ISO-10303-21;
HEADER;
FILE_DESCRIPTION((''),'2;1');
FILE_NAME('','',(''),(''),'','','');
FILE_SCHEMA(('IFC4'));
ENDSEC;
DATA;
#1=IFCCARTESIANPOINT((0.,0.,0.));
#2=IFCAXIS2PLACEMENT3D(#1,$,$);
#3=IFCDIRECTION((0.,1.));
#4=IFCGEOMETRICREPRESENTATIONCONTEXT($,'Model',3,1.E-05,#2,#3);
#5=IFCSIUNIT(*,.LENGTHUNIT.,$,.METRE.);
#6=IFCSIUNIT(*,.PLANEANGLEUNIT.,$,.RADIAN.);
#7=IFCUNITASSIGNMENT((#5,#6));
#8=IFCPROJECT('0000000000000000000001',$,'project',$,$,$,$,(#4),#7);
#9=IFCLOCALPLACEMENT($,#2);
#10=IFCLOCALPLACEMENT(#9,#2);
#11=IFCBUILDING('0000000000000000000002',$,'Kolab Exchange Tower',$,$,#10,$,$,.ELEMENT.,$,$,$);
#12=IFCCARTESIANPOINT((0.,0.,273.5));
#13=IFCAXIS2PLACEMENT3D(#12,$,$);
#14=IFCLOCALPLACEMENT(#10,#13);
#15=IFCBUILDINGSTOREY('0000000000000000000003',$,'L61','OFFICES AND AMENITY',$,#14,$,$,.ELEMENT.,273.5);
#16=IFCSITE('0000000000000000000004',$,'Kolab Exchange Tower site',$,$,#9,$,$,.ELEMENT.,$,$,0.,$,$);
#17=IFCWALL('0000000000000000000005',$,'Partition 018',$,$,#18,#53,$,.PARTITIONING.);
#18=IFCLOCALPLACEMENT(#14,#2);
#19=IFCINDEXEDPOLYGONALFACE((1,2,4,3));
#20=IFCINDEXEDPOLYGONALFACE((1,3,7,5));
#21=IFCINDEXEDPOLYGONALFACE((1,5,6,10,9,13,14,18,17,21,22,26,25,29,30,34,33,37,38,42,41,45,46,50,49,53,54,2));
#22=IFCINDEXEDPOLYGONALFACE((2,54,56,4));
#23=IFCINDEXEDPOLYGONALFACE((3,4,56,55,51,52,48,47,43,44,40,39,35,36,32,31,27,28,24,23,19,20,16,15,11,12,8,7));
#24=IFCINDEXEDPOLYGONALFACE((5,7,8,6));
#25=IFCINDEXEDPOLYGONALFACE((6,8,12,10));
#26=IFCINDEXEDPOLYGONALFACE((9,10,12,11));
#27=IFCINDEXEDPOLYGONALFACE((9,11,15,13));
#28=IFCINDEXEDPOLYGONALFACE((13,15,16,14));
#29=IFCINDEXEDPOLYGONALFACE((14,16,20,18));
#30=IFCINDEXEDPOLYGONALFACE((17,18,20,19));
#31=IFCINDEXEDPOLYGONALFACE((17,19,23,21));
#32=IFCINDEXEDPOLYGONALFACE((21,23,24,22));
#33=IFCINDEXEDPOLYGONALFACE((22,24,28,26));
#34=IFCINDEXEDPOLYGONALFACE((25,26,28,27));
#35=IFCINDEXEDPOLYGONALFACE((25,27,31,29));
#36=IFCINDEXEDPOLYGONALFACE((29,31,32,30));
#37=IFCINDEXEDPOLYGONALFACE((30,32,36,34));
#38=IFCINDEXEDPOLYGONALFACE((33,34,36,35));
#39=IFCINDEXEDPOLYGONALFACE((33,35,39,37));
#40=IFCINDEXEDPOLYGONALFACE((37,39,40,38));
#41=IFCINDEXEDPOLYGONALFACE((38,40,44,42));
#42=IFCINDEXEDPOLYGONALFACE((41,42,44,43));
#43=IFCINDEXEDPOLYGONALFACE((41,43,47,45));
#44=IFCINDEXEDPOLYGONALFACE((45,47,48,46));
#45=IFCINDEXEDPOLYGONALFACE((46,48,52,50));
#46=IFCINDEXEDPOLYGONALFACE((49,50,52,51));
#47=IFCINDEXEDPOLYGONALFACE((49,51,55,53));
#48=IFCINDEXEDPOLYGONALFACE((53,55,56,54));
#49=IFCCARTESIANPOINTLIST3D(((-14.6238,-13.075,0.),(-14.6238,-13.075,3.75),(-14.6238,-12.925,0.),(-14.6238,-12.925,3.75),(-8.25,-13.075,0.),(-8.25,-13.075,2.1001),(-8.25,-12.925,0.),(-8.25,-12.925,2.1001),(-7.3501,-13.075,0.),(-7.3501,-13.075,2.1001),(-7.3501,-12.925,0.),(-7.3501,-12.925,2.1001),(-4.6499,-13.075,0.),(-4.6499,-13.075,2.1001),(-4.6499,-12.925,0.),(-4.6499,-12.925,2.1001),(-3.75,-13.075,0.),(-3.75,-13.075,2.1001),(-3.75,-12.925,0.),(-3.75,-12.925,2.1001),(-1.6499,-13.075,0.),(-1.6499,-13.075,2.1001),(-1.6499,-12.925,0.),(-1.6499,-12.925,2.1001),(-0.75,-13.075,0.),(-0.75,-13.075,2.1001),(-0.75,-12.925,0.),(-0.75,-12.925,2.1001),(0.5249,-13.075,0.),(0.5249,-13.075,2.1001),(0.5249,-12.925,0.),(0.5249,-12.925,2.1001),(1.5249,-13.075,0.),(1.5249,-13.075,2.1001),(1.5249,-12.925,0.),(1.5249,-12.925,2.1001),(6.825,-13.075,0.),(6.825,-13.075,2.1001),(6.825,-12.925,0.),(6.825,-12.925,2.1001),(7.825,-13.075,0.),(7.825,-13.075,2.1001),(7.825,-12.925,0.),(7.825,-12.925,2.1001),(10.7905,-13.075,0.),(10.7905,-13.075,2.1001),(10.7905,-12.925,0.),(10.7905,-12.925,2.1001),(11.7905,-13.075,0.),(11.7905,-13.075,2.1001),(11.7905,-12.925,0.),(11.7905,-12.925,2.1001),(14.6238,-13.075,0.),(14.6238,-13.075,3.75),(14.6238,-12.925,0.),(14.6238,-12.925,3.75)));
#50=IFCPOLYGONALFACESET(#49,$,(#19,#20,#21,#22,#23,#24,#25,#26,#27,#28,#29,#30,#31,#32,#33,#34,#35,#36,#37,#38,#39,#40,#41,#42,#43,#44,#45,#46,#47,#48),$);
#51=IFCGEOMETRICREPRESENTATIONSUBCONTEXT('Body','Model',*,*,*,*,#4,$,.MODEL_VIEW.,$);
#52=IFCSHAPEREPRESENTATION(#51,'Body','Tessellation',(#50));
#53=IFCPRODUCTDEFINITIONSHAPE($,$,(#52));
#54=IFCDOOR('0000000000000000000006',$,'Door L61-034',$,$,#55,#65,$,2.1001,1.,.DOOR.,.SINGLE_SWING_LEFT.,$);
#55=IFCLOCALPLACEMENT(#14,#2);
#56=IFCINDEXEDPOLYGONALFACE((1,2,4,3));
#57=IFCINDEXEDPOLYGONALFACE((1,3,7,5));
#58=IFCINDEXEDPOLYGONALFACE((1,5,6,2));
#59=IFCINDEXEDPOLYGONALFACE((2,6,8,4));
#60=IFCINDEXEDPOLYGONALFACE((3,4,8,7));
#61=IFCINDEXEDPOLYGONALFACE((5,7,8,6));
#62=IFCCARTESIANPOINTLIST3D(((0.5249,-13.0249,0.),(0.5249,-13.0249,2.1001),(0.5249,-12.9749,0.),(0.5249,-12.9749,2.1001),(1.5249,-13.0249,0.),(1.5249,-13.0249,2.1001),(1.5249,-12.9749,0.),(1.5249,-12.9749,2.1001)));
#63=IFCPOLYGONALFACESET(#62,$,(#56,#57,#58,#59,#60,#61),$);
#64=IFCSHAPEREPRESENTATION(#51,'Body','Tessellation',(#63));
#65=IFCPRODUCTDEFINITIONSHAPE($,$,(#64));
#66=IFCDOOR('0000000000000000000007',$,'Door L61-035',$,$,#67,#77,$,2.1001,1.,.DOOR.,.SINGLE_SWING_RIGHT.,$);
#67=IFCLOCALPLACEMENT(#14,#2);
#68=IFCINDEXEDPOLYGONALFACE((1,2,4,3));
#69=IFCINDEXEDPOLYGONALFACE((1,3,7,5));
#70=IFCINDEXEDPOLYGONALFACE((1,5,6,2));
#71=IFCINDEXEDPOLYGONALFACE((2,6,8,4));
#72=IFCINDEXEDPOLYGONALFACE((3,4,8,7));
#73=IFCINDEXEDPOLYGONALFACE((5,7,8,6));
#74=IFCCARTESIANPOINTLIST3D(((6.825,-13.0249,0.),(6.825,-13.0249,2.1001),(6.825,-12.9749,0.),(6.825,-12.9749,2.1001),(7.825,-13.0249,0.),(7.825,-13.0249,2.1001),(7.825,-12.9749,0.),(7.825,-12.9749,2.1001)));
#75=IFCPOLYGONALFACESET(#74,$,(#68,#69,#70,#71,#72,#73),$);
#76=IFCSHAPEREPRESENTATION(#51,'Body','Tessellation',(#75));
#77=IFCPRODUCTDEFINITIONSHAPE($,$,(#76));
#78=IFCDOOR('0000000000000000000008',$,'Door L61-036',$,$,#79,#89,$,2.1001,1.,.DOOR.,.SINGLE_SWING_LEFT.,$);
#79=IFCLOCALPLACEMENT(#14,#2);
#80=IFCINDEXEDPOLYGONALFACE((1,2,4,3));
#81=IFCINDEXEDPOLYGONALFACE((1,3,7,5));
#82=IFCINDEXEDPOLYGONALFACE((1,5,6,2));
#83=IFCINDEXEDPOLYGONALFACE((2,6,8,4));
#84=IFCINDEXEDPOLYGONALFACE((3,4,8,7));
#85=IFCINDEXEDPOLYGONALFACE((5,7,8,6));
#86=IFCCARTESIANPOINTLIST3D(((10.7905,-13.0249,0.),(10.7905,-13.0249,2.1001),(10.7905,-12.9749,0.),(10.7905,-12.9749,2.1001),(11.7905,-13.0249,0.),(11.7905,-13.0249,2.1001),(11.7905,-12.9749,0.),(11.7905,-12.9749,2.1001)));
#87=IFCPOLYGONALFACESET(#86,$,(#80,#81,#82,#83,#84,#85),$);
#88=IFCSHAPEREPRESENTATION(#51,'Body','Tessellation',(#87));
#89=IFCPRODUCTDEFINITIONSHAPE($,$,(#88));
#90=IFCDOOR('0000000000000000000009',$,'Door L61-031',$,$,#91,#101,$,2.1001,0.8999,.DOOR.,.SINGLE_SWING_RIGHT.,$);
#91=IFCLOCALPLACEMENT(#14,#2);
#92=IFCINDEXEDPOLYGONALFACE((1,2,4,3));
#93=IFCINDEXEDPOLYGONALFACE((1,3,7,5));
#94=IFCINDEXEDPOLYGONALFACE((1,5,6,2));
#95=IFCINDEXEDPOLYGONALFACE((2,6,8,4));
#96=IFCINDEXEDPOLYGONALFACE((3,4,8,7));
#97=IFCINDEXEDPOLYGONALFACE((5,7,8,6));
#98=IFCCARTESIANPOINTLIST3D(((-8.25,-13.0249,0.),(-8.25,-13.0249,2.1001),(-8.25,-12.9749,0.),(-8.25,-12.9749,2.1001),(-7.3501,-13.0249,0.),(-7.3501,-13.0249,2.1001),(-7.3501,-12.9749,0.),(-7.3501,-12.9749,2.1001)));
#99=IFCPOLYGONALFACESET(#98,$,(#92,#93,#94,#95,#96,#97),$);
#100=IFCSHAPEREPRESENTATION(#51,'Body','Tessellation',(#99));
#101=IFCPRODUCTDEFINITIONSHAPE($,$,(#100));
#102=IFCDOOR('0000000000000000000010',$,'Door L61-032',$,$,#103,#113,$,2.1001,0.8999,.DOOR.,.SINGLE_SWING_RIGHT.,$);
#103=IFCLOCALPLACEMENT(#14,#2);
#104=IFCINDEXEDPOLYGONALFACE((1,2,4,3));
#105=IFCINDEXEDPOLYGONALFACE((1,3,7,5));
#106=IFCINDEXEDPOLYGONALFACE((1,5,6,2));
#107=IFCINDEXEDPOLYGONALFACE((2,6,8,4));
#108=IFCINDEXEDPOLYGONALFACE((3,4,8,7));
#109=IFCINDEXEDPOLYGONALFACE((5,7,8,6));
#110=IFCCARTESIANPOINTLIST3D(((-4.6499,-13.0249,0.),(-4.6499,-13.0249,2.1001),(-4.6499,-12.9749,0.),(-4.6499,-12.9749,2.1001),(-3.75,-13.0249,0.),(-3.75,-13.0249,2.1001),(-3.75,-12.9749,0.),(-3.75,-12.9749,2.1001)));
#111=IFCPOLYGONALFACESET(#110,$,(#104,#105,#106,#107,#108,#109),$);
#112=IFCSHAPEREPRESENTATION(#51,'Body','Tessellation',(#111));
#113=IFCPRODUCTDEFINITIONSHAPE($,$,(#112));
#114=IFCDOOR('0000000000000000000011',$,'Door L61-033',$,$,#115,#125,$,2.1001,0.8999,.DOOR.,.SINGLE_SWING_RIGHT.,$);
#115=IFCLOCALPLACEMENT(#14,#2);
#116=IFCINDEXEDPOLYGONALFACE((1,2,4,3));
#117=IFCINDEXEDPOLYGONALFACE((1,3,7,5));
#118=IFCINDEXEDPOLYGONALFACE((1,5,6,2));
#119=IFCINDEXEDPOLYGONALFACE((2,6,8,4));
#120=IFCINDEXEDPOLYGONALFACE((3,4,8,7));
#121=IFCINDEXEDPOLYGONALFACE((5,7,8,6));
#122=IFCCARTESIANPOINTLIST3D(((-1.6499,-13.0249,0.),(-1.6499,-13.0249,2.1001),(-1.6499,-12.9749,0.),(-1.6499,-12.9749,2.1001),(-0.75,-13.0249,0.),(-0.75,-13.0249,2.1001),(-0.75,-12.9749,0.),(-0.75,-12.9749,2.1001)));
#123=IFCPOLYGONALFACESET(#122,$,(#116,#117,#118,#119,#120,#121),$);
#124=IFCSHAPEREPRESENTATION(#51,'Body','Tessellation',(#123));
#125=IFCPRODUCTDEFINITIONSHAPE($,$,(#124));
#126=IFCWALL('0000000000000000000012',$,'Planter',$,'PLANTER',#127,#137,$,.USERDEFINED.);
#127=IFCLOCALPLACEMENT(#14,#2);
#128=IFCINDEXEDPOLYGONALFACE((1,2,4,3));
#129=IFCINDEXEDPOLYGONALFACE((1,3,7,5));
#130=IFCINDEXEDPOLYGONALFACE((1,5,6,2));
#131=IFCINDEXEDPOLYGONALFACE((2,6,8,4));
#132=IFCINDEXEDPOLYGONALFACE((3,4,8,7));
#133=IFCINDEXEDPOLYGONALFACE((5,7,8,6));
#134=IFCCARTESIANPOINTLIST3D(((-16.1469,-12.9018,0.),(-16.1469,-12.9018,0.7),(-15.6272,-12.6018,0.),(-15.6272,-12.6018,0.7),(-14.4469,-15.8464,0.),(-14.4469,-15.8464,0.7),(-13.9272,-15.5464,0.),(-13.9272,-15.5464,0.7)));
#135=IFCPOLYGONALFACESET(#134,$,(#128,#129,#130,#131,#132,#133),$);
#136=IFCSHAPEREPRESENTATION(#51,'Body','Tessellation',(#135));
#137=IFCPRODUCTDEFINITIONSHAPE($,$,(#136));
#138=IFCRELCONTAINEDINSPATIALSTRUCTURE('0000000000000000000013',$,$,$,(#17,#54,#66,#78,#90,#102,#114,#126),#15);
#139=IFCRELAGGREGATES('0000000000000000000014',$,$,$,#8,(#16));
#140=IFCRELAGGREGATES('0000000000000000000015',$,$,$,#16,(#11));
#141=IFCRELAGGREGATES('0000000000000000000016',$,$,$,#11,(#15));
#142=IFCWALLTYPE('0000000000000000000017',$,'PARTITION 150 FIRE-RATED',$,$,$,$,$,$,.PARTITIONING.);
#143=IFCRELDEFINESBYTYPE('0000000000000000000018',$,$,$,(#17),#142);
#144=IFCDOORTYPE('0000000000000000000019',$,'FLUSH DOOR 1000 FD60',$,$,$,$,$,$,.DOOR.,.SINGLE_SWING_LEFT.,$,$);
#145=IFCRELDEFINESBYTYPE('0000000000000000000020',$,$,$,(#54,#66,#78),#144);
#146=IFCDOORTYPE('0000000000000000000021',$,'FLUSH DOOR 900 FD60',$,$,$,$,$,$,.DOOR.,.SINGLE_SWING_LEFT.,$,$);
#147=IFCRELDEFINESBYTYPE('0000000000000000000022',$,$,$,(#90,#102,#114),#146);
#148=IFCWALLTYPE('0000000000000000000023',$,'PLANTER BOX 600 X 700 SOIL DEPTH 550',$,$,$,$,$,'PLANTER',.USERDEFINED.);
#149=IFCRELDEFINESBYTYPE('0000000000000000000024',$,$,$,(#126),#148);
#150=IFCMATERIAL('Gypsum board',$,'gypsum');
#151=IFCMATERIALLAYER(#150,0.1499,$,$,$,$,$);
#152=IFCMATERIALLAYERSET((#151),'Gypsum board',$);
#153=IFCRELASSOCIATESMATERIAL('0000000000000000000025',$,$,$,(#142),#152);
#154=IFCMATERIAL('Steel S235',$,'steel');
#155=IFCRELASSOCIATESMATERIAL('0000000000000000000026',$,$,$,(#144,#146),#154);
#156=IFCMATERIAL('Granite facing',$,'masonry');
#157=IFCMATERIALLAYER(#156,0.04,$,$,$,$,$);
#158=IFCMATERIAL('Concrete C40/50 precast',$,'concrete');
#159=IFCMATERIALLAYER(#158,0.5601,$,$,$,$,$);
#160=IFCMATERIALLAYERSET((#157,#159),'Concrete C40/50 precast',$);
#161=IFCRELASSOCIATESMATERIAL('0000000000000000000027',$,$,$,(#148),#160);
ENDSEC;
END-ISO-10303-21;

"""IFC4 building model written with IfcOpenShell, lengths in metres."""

from ifc_helpers import new_model, si_unit, direction, frame, frame_2d, origin, place, context, subcontext, project, spatial, rectangle, extrude, material, layer, layer_set, type_object, element, fill, save


model = new_model("IFC4")

# Units and contexts
model_context = context("Model", 3, precision=1e-05, world=origin(), true_north=direction((0.0, 1.0)))
body_context = subcontext(model_context, "Body", "Model", "MODEL_VIEW")
ifc_project = project(units=[si_unit("LENGTHUNIT", "METRE"), si_unit("PLANEANGLEUNIT", "RADIAN")], contexts=[model_context])

# Site, building, storey
site_placement = place(None, origin())
site = spatial("IfcSite", under=ifc_project, at=site_placement, Name="Kolab Exchange Tower site", CompositionType="ELEMENT", RefElevation=0.0)
building_placement = place(site_placement, origin())
building = spatial("IfcBuilding", under=site, at=building_placement, Name="Kolab Exchange Tower", CompositionType="ELEMENT")
storey_placement = place(building_placement, frame((0.0, 0.0, 273.5)))
storey = spatial("IfcBuildingStorey", under=building, at=storey_placement, Name="L61", Description="OFFICES AND AMENITY", CompositionType="ELEMENT", Elevation=273.5)

# Wall, openings, doors
ifc_material_1 = material(Name="Gypsum board", Category="gypsum")
ifc_layer_1 = layer(ifc_material_1, 0.1499)
ifc_layer_set_1 = layer_set([ifc_layer_1], Name="Gypsum board")
wall_type_1 = type_object("IfcWallType", Name="PARTITION 150 FIRE-RATED", PredefinedType="PARTITIONING", material=ifc_layer_set_1)
wall_1_placement = place(storey_placement, frame((-14.6238, -13.0, 0.0), z_axis=(0.0, 0.0, 1.0), x_axis=(1.0, 0.0, 0.0)))
wall_1 = element("IfcWall", 1, at=wall_1_placement, inside=storey, type_object=wall_type_1, Name="Partition 018", PredefinedType="PARTITIONING", context=body_context, shape_type="SweptSolid", body=[
    extrude(rectangle(XDim=29.2476, YDim=0.1499, at=frame_2d((14.6238, 0.0))), origin(), (0.0, 0.0, 1.0), 3.75),
])
opening_1_placement = place(wall_1_placement, frame((6.3738, 0.0, 0.0)))
opening_1 = element("IfcOpeningElement", 2, at=opening_1_placement, cuts=wall_1, PredefinedType="OPENING", context=body_context, shape_type="SweptSolid", body=[
    extrude(rectangle(XDim=0.8999, YDim=2.1001, at=frame_2d((0.45, 1.05))), frame((0.0, 0.085, 0.0), z_axis=(0.0, -1.0, 0.0), x_axis=(1.0, 0.0, 0.0)), (0.0, 0.0, 1.0), 0.1699),
])
opening_2_placement = place(wall_1_placement, frame((9.9739, 0.0, 0.0)))
opening_2 = element("IfcOpeningElement", 3, at=opening_2_placement, cuts=wall_1, PredefinedType="OPENING", context=body_context, shape_type="SweptSolid", body=[
    extrude(rectangle(XDim=0.8999, YDim=2.1001, at=frame_2d((0.45, 1.05))), frame((0.0, 0.085, 0.0), z_axis=(0.0, -1.0, 0.0), x_axis=(1.0, 0.0, 0.0)), (0.0, 0.0, 1.0), 0.1699),
])
opening_3_placement = place(wall_1_placement, frame((12.9739, 0.0, 0.0)))
opening_3 = element("IfcOpeningElement", 4, at=opening_3_placement, cuts=wall_1, PredefinedType="OPENING", context=body_context, shape_type="SweptSolid", body=[
    extrude(rectangle(XDim=0.8999, YDim=2.1001, at=frame_2d((0.45, 1.05))), frame((0.0, 0.085, 0.0), z_axis=(0.0, -1.0, 0.0), x_axis=(1.0, 0.0, 0.0)), (0.0, 0.0, 1.0), 0.1699),
])
opening_4_placement = place(wall_1_placement, frame((15.1487, 0.0, 0.0)))
opening_4 = element("IfcOpeningElement", 5, at=opening_4_placement, cuts=wall_1, PredefinedType="OPENING", context=body_context, shape_type="SweptSolid", body=[
    extrude(rectangle(XDim=1.0, YDim=2.1001, at=frame_2d((0.5, 1.05))), frame((0.0, 0.085, 0.0), z_axis=(0.0, -1.0, 0.0), x_axis=(1.0, 0.0, 0.0)), (0.0, 0.0, 1.0), 0.1699),
])
opening_5_placement = place(wall_1_placement, frame((21.4487, 0.0, 0.0)))
opening_5 = element("IfcOpeningElement", 6, at=opening_5_placement, cuts=wall_1, PredefinedType="OPENING", context=body_context, shape_type="SweptSolid", body=[
    extrude(rectangle(XDim=1.0, YDim=2.1001, at=frame_2d((0.5, 1.05))), frame((0.0, 0.085, 0.0), z_axis=(0.0, -1.0, 0.0), x_axis=(1.0, 0.0, 0.0)), (0.0, 0.0, 1.0), 0.1699),
])
opening_6_placement = place(wall_1_placement, frame((25.4143, 0.0, 0.0)))
opening_6 = element("IfcOpeningElement", 7, at=opening_6_placement, cuts=wall_1, PredefinedType="OPENING", context=body_context, shape_type="SweptSolid", body=[
    extrude(rectangle(XDim=1.0, YDim=2.1001, at=frame_2d((0.5, 1.05))), frame((0.0, 0.085, 0.0), z_axis=(0.0, -1.0, 0.0), x_axis=(1.0, 0.0, 0.0)), (0.0, 0.0, 1.0), 0.1699),
])
ifc_material_2 = material(Name="Steel S235", Category="steel")
door_type_1 = type_object("IfcDoorType", Name="FLUSH DOOR 1000 FD60", OperationType="SINGLE_SWING_LEFT", PredefinedType="DOOR", material=ifc_material_2)
door_1_placement = place(opening_4_placement, frame((1.0, 0.0, 0.0), z_axis=(0.0, 0.0, 1.0), x_axis=(-1.0, 0.0, 0.0)))
door_1 = element("IfcDoor", 8, at=door_1_placement, inside=storey, type_object=door_type_1, Name="Door L61-034", OperationType="SINGLE_SWING_LEFT", OverallHeight=2.1001, OverallWidth=1.0, PredefinedType="DOOR", context=body_context, shape_type="SweptSolid", body=[
    extrude(rectangle(XDim=1.0, YDim=2.1001, at=frame_2d((0.5, 1.05))), frame((0.0, 0.0249, 0.0), z_axis=(0.0, -1.0, 0.0), x_axis=(1.0, 0.0, 0.0)), (0.0, 0.0, 1.0), 0.05),
])
fill(opening_4, door_1)
door_2_placement = place(opening_5_placement, frame((1.0, 0.0, 0.0), z_axis=(0.0, 0.0, 1.0), x_axis=(-1.0, 0.0, 0.0)))
door_2 = element("IfcDoor", 9, at=door_2_placement, inside=storey, type_object=door_type_1, Name="Door L61-035", OperationType="SINGLE_SWING_RIGHT", OverallHeight=2.1001, OverallWidth=1.0, PredefinedType="DOOR", context=body_context, shape_type="SweptSolid", body=[
    extrude(rectangle(XDim=1.0, YDim=2.1001, at=frame_2d((0.5, 1.05))), frame((0.0, 0.0249, 0.0), z_axis=(0.0, -1.0, 0.0), x_axis=(1.0, 0.0, 0.0)), (0.0, 0.0, 1.0), 0.05),
])
fill(opening_5, door_2)
door_3_placement = place(opening_6_placement, frame((1.0, 0.0, 0.0), z_axis=(0.0, 0.0, 1.0), x_axis=(-1.0, 0.0, 0.0)))
door_3 = element("IfcDoor", 10, at=door_3_placement, inside=storey, type_object=door_type_1, Name="Door L61-036", OperationType="SINGLE_SWING_LEFT", OverallHeight=2.1001, OverallWidth=1.0, PredefinedType="DOOR", context=body_context, shape_type="SweptSolid", body=[
    extrude(rectangle(XDim=1.0, YDim=2.1001, at=frame_2d((0.5, 1.05))), frame((0.0, 0.0249, 0.0), z_axis=(0.0, -1.0, 0.0), x_axis=(1.0, 0.0, 0.0)), (0.0, 0.0, 1.0), 0.05),
])
fill(opening_6, door_3)
door_type_2 = type_object("IfcDoorType", Name="FLUSH DOOR 900 FD60", OperationType="SINGLE_SWING_LEFT", PredefinedType="DOOR", material=ifc_material_2)
door_4_placement = place(opening_1_placement, frame((0.8999, 0.0, 0.0), z_axis=(0.0, 0.0, 1.0), x_axis=(-1.0, 0.0, 0.0)))
door_4 = element("IfcDoor", 11, at=door_4_placement, inside=storey, type_object=door_type_2, Name="Door L61-031", OperationType="SINGLE_SWING_RIGHT", OverallHeight=2.1001, OverallWidth=0.8999, PredefinedType="DOOR", context=body_context, shape_type="SweptSolid", body=[
    extrude(rectangle(XDim=0.8999, YDim=2.1001, at=frame_2d((0.45, 1.05))), frame((0.0, 0.0249, 0.0), z_axis=(0.0, -1.0, 0.0), x_axis=(1.0, 0.0, 0.0)), (0.0, 0.0, 1.0), 0.05),
])
fill(opening_1, door_4)
door_5_placement = place(opening_2_placement, frame((0.8999, 0.0, 0.0), z_axis=(0.0, 0.0, 1.0), x_axis=(-1.0, 0.0, 0.0)))
door_5 = element("IfcDoor", 12, at=door_5_placement, inside=storey, type_object=door_type_2, Name="Door L61-032", OperationType="SINGLE_SWING_RIGHT", OverallHeight=2.1001, OverallWidth=0.8999, PredefinedType="DOOR", context=body_context, shape_type="SweptSolid", body=[
    extrude(rectangle(XDim=0.8999, YDim=2.1001, at=frame_2d((0.45, 1.05))), frame((0.0, 0.0249, 0.0), z_axis=(0.0, -1.0, 0.0), x_axis=(1.0, 0.0, 0.0)), (0.0, 0.0, 1.0), 0.05),
])
fill(opening_2, door_5)
door_6_placement = place(opening_3_placement, frame((0.8999, 0.0, 0.0), z_axis=(0.0, 0.0, 1.0), x_axis=(-1.0, 0.0, 0.0)))
door_6 = element("IfcDoor", 13, at=door_6_placement, inside=storey, type_object=door_type_2, Name="Door L61-033", OperationType="SINGLE_SWING_RIGHT", OverallHeight=2.1001, OverallWidth=0.8999, PredefinedType="DOOR", context=body_context, shape_type="SweptSolid", body=[
    extrude(rectangle(XDim=0.8999, YDim=2.1001, at=frame_2d((0.45, 1.05))), frame((0.0, 0.0249, 0.0), z_axis=(0.0, -1.0, 0.0), x_axis=(1.0, 0.0, 0.0)), (0.0, 0.0, 1.0), 0.05),
])
fill(opening_3, door_6)

# Wall
ifc_material_3 = material(Name="Granite facing", Category="masonry")
ifc_layer_2 = layer(ifc_material_3, 0.04)
ifc_material_4 = material(Name="Concrete C40/50 precast", Category="concrete")
ifc_layer_3 = layer(ifc_material_4, 0.5601)
ifc_layer_set_2 = layer_set([ifc_layer_2, ifc_layer_3], Name="Concrete C40/50 precast")
wall_type_2 = type_object("IfcWallType", Name="PLANTER BOX 600 X 700 SOIL DEPTH 550", ElementType="PLANTER", PredefinedType="USERDEFINED", material=ifc_layer_set_2)
wall_2_placement = place(storey_placement, frame((-14.187, -15.6965, 0.0), z_axis=(0.0, 0.0, 1.0), x_axis=(-0.499977, 0.866039, 0.0)))
element("IfcWall", 14, at=wall_2_placement, inside=storey, type_object=wall_type_2, Name="Planter", ObjectType="PLANTER", PredefinedType="USERDEFINED", context=body_context, shape_type="SweptSolid", body=[
    extrude(rectangle(XDim=3.4001, YDim=0.6001, at=frame_2d((1.7002, 0.0))), origin(), (0.0, 0.0, 1.0), 0.7),
])

save(model, "model.ifc")
